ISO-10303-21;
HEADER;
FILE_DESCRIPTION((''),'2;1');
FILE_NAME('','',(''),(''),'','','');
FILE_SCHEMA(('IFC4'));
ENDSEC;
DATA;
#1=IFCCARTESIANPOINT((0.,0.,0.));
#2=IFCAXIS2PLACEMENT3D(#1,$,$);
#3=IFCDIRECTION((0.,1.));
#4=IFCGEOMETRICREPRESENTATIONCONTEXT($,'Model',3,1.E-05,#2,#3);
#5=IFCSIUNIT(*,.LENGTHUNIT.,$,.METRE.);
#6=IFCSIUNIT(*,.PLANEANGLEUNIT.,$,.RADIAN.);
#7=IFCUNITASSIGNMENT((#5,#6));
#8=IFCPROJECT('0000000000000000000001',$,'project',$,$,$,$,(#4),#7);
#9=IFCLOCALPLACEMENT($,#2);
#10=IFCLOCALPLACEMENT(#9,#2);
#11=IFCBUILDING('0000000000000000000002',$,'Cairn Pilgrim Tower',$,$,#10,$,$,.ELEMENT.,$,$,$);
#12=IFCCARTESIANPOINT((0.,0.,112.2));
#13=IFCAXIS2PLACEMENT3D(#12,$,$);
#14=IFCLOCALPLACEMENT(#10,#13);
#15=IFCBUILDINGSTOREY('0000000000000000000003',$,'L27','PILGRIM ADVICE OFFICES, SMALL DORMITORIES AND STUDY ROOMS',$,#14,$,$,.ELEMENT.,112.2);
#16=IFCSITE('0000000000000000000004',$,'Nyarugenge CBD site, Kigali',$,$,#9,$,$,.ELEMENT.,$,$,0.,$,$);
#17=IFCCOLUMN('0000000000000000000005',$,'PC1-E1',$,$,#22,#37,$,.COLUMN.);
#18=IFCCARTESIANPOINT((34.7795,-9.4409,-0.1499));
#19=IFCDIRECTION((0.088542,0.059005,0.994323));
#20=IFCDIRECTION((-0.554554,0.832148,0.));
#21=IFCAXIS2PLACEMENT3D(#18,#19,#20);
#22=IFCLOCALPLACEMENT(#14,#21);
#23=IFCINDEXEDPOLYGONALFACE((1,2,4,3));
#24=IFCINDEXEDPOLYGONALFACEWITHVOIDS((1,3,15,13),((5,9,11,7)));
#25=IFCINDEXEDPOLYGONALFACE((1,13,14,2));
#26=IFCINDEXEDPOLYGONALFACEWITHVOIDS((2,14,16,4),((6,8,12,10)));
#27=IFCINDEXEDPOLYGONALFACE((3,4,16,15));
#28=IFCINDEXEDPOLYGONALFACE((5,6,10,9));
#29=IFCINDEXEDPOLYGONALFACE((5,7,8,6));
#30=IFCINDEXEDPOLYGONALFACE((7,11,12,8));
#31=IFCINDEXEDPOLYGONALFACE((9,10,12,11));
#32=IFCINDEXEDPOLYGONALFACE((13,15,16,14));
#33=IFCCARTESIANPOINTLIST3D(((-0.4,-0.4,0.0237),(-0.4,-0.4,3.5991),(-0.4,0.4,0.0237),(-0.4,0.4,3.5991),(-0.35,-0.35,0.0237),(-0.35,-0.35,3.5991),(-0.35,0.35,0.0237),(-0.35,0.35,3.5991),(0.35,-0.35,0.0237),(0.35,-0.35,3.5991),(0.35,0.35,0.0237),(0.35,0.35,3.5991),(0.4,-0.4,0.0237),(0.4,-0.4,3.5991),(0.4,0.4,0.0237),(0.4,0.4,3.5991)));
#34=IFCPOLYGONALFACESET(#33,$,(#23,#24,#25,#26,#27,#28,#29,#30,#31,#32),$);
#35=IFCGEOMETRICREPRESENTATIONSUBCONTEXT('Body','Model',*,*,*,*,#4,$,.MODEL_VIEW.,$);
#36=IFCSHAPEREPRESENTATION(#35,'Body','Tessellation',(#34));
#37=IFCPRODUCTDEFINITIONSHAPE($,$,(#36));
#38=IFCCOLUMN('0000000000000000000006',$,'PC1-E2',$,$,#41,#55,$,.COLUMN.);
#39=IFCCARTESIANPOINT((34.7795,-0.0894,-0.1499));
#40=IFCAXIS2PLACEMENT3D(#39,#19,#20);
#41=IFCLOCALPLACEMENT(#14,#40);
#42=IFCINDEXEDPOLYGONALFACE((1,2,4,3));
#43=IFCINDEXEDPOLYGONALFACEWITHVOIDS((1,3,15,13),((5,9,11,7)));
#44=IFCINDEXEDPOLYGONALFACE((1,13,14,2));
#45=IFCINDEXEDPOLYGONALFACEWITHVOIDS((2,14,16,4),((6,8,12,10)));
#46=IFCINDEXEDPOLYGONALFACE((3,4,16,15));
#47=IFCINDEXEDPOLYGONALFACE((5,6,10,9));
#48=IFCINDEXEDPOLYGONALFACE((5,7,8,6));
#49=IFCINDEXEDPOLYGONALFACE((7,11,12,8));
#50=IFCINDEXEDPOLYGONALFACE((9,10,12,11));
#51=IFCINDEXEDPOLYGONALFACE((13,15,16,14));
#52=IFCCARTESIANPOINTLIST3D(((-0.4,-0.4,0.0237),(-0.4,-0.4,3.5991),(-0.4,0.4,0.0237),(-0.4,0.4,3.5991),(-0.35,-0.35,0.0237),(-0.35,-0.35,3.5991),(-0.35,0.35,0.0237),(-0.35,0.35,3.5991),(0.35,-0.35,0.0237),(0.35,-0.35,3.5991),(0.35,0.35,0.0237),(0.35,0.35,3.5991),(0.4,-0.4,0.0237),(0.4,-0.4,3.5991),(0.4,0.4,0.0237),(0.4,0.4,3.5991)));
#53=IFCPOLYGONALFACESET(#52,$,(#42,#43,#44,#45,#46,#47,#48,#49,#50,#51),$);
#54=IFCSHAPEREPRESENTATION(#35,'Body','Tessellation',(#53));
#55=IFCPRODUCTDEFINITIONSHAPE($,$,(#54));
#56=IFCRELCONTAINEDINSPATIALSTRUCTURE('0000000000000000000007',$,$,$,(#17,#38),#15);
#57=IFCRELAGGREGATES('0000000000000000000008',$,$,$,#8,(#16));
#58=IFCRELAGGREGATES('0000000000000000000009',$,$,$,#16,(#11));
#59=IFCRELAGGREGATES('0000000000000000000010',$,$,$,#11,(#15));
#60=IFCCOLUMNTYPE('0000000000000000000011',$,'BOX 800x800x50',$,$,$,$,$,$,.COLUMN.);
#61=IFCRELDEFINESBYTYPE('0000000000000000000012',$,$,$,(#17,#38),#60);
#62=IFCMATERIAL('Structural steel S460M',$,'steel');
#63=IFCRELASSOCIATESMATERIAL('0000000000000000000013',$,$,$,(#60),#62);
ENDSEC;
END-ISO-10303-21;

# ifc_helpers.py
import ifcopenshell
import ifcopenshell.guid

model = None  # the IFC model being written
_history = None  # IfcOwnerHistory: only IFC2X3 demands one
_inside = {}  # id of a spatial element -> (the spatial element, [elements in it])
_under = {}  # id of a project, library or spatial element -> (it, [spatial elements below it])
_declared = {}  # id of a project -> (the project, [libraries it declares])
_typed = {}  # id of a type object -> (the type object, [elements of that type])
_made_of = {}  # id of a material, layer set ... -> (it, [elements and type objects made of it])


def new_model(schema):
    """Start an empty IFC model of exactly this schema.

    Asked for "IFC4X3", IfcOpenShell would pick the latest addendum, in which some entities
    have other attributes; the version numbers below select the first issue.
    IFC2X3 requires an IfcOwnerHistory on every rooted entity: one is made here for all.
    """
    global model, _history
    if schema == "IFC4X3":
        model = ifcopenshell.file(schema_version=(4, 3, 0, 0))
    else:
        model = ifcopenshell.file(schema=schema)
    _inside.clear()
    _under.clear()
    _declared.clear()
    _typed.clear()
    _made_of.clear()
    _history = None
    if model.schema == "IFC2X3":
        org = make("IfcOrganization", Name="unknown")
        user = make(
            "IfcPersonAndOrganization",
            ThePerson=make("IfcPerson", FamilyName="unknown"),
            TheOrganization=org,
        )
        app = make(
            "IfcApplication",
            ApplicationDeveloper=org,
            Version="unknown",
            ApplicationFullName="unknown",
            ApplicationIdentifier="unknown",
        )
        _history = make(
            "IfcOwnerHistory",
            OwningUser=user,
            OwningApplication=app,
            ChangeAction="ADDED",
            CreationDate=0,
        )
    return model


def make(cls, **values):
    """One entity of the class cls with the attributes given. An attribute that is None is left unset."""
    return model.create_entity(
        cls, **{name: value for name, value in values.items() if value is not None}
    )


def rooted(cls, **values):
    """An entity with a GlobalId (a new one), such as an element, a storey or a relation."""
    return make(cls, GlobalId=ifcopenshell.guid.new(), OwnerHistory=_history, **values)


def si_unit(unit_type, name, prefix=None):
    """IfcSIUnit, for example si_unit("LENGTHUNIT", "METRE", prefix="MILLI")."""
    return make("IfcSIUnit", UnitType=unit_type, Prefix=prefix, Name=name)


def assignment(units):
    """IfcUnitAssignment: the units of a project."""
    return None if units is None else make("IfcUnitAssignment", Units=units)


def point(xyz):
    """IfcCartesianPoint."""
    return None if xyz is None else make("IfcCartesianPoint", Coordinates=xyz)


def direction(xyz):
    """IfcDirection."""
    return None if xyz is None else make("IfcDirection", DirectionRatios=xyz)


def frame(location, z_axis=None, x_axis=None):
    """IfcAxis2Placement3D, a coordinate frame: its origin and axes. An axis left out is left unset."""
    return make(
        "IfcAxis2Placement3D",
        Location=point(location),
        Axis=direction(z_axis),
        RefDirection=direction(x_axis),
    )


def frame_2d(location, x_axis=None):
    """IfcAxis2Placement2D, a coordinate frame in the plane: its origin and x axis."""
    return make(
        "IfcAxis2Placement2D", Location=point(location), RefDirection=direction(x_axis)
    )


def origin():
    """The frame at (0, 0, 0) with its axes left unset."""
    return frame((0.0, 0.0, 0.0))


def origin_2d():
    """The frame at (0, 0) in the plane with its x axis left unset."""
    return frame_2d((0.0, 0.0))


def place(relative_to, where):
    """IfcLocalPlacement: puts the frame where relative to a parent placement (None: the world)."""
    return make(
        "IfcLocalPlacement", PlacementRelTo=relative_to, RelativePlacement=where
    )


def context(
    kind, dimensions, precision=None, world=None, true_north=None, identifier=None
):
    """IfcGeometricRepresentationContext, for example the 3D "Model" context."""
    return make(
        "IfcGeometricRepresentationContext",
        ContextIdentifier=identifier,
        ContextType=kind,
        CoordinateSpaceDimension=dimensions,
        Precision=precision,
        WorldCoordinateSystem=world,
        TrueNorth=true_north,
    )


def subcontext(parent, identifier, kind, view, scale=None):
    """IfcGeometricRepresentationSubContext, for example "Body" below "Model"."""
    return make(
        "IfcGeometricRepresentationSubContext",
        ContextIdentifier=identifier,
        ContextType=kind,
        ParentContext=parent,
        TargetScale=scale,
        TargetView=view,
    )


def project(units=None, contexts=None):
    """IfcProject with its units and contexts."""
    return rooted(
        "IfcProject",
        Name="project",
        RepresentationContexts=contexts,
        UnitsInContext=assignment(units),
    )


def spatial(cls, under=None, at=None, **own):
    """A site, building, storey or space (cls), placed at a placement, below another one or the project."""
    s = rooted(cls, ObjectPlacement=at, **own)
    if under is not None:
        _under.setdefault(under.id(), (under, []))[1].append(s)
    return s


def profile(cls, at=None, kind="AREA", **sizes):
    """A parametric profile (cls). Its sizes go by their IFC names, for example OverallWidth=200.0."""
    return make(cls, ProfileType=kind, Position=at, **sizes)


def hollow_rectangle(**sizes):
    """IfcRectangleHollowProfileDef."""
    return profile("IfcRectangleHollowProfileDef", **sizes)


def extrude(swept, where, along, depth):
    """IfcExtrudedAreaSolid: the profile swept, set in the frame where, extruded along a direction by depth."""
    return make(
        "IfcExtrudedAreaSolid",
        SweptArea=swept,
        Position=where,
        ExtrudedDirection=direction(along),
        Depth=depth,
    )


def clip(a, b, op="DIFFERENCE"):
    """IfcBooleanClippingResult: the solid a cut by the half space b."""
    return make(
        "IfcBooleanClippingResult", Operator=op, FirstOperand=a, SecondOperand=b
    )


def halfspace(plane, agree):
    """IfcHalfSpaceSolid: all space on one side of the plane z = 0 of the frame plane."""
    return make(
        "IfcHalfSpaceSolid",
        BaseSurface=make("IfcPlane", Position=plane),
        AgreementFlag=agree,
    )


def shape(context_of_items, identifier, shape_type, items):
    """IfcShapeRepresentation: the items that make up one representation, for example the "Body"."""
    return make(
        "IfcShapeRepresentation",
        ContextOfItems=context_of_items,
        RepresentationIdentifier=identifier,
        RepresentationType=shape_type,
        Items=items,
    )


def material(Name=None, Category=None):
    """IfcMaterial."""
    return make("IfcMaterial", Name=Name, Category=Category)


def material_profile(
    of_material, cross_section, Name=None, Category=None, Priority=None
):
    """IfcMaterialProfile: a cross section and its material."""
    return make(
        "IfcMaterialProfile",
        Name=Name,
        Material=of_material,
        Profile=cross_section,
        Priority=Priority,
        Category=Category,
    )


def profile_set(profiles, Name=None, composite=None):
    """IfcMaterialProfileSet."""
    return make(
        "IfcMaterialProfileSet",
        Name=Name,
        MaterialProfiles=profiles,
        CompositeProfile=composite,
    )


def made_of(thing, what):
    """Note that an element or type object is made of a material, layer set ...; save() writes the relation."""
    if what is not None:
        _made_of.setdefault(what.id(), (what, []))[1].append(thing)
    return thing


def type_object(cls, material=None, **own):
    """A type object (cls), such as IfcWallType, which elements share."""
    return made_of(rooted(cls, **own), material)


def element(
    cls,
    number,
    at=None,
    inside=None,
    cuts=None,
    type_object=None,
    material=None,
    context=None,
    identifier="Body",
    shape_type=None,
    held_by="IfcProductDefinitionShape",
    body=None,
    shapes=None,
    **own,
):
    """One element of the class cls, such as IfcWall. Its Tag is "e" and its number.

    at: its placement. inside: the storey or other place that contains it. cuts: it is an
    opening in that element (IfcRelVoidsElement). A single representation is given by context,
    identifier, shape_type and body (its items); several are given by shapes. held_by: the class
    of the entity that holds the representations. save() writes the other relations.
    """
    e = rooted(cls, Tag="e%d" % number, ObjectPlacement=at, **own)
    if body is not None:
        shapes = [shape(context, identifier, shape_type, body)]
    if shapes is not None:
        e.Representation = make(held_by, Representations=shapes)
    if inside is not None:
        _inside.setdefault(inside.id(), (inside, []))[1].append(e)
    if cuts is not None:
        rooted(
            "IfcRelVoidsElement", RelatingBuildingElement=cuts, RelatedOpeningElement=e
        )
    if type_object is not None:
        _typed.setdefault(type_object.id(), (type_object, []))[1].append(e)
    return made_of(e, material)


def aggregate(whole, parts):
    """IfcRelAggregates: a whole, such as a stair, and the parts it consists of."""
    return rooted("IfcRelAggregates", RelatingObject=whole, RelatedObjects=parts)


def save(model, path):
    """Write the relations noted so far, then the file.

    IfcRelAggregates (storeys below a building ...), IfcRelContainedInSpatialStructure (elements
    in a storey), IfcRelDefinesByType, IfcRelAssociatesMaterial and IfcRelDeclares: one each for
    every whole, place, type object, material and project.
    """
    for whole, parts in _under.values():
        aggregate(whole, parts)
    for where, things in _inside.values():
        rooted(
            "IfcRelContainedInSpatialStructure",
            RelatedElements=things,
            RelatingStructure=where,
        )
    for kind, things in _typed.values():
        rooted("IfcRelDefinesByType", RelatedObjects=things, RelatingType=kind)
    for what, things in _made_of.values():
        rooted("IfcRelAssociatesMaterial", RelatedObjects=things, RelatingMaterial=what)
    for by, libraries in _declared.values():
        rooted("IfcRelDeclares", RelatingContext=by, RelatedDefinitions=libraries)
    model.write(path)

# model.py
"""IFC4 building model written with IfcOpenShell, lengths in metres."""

from ifc_helpers import new_model, si_unit, direction, frame, origin, origin_2d, place, context, subcontext, project, spatial, hollow_rectangle, extrude, clip, halfspace, material, material_profile, profile_set, type_object, element, save


model = new_model("IFC4")

# Units and contexts
model_context = context("Model", 3, precision=1e-05, world=origin(), true_north=direction((0.0, 1.0)))
body_context = subcontext(model_context, "Body", "Model", "MODEL_VIEW")
ifc_project = project(units=[si_unit("LENGTHUNIT", "METRE"), si_unit("PLANEANGLEUNIT", "RADIAN")], contexts=[model_context])

# Site, building, storey
site_placement = place(None, origin())
site = spatial("IfcSite", under=ifc_project, at=site_placement, Name="Nyarugenge CBD site, Kigali", CompositionType="ELEMENT", RefElevation=0.0)
building_placement = place(site_placement, origin())
building = spatial("IfcBuilding", under=site, at=building_placement, Name="Cairn Pilgrim Tower", CompositionType="ELEMENT")
storey_placement = place(building_placement, frame((0.0, 0.0, 112.2)))
storey = spatial("IfcBuildingStorey", under=building, at=storey_placement, Name="L27", Description="PILGRIM ADVICE OFFICES, SMALL DORMITORIES AND STUDY ROOMS", CompositionType="ELEMENT", Elevation=112.2)

# Columns
ifc_material_1 = material(Name="Structural steel S460M", Category="steel")
ifc_material_profile_1 = material_profile(ifc_material_1, hollow_rectangle(XDim=0.8, YDim=0.8, WallThickness=0.05, at=origin_2d()), Name="BOX 800x800x50")
ifc_profile_set_1 = profile_set([ifc_material_profile_1], Name="Structural steel S460M")
column_type_1 = type_object("IfcColumnType", Name="BOX 800x800x50", PredefinedType="COLUMN", material=ifc_profile_set_1)
for number, where, z_axis, x_axis, name in (
    (1, (34.7795, -9.4409, -0.1499), (0.088542, 0.059005, 0.994323), (-0.554554, 0.832148, 0.0), "PC1-E1"),
    (2, (34.7795, -0.0894, -0.1499), (0.088542, 0.059005, 0.994323), (-0.554554, 0.832148, 0.0), "PC1-E2"),
):
    element("IfcColumn", number, at=place(storey_placement, frame(where, z_axis=z_axis, x_axis=x_axis)), inside=storey, type_object=column_type_1, Name=name, PredefinedType="COLUMN", context=body_context, shape_type="Clipping", body=[
        clip(clip(extrude(hollow_rectangle(XDim=0.8, YDim=0.8, WallThickness=0.05, at=origin_2d()), origin(), (0.0, 0.0, 1.0), 3.6204), halfspace(frame((0.0, 0.0, 0.0237), z_axis=(0.0, 0.0, 1.0), x_axis=(1.0, 0.0, 0.0)), True)), halfspace(frame((0.0, 0.0, 3.5991), z_axis=(0.0, 0.0, 1.0), x_axis=(1.0, 0.0, 0.0)), False)),
    ])

save(model, "model.ifc")
